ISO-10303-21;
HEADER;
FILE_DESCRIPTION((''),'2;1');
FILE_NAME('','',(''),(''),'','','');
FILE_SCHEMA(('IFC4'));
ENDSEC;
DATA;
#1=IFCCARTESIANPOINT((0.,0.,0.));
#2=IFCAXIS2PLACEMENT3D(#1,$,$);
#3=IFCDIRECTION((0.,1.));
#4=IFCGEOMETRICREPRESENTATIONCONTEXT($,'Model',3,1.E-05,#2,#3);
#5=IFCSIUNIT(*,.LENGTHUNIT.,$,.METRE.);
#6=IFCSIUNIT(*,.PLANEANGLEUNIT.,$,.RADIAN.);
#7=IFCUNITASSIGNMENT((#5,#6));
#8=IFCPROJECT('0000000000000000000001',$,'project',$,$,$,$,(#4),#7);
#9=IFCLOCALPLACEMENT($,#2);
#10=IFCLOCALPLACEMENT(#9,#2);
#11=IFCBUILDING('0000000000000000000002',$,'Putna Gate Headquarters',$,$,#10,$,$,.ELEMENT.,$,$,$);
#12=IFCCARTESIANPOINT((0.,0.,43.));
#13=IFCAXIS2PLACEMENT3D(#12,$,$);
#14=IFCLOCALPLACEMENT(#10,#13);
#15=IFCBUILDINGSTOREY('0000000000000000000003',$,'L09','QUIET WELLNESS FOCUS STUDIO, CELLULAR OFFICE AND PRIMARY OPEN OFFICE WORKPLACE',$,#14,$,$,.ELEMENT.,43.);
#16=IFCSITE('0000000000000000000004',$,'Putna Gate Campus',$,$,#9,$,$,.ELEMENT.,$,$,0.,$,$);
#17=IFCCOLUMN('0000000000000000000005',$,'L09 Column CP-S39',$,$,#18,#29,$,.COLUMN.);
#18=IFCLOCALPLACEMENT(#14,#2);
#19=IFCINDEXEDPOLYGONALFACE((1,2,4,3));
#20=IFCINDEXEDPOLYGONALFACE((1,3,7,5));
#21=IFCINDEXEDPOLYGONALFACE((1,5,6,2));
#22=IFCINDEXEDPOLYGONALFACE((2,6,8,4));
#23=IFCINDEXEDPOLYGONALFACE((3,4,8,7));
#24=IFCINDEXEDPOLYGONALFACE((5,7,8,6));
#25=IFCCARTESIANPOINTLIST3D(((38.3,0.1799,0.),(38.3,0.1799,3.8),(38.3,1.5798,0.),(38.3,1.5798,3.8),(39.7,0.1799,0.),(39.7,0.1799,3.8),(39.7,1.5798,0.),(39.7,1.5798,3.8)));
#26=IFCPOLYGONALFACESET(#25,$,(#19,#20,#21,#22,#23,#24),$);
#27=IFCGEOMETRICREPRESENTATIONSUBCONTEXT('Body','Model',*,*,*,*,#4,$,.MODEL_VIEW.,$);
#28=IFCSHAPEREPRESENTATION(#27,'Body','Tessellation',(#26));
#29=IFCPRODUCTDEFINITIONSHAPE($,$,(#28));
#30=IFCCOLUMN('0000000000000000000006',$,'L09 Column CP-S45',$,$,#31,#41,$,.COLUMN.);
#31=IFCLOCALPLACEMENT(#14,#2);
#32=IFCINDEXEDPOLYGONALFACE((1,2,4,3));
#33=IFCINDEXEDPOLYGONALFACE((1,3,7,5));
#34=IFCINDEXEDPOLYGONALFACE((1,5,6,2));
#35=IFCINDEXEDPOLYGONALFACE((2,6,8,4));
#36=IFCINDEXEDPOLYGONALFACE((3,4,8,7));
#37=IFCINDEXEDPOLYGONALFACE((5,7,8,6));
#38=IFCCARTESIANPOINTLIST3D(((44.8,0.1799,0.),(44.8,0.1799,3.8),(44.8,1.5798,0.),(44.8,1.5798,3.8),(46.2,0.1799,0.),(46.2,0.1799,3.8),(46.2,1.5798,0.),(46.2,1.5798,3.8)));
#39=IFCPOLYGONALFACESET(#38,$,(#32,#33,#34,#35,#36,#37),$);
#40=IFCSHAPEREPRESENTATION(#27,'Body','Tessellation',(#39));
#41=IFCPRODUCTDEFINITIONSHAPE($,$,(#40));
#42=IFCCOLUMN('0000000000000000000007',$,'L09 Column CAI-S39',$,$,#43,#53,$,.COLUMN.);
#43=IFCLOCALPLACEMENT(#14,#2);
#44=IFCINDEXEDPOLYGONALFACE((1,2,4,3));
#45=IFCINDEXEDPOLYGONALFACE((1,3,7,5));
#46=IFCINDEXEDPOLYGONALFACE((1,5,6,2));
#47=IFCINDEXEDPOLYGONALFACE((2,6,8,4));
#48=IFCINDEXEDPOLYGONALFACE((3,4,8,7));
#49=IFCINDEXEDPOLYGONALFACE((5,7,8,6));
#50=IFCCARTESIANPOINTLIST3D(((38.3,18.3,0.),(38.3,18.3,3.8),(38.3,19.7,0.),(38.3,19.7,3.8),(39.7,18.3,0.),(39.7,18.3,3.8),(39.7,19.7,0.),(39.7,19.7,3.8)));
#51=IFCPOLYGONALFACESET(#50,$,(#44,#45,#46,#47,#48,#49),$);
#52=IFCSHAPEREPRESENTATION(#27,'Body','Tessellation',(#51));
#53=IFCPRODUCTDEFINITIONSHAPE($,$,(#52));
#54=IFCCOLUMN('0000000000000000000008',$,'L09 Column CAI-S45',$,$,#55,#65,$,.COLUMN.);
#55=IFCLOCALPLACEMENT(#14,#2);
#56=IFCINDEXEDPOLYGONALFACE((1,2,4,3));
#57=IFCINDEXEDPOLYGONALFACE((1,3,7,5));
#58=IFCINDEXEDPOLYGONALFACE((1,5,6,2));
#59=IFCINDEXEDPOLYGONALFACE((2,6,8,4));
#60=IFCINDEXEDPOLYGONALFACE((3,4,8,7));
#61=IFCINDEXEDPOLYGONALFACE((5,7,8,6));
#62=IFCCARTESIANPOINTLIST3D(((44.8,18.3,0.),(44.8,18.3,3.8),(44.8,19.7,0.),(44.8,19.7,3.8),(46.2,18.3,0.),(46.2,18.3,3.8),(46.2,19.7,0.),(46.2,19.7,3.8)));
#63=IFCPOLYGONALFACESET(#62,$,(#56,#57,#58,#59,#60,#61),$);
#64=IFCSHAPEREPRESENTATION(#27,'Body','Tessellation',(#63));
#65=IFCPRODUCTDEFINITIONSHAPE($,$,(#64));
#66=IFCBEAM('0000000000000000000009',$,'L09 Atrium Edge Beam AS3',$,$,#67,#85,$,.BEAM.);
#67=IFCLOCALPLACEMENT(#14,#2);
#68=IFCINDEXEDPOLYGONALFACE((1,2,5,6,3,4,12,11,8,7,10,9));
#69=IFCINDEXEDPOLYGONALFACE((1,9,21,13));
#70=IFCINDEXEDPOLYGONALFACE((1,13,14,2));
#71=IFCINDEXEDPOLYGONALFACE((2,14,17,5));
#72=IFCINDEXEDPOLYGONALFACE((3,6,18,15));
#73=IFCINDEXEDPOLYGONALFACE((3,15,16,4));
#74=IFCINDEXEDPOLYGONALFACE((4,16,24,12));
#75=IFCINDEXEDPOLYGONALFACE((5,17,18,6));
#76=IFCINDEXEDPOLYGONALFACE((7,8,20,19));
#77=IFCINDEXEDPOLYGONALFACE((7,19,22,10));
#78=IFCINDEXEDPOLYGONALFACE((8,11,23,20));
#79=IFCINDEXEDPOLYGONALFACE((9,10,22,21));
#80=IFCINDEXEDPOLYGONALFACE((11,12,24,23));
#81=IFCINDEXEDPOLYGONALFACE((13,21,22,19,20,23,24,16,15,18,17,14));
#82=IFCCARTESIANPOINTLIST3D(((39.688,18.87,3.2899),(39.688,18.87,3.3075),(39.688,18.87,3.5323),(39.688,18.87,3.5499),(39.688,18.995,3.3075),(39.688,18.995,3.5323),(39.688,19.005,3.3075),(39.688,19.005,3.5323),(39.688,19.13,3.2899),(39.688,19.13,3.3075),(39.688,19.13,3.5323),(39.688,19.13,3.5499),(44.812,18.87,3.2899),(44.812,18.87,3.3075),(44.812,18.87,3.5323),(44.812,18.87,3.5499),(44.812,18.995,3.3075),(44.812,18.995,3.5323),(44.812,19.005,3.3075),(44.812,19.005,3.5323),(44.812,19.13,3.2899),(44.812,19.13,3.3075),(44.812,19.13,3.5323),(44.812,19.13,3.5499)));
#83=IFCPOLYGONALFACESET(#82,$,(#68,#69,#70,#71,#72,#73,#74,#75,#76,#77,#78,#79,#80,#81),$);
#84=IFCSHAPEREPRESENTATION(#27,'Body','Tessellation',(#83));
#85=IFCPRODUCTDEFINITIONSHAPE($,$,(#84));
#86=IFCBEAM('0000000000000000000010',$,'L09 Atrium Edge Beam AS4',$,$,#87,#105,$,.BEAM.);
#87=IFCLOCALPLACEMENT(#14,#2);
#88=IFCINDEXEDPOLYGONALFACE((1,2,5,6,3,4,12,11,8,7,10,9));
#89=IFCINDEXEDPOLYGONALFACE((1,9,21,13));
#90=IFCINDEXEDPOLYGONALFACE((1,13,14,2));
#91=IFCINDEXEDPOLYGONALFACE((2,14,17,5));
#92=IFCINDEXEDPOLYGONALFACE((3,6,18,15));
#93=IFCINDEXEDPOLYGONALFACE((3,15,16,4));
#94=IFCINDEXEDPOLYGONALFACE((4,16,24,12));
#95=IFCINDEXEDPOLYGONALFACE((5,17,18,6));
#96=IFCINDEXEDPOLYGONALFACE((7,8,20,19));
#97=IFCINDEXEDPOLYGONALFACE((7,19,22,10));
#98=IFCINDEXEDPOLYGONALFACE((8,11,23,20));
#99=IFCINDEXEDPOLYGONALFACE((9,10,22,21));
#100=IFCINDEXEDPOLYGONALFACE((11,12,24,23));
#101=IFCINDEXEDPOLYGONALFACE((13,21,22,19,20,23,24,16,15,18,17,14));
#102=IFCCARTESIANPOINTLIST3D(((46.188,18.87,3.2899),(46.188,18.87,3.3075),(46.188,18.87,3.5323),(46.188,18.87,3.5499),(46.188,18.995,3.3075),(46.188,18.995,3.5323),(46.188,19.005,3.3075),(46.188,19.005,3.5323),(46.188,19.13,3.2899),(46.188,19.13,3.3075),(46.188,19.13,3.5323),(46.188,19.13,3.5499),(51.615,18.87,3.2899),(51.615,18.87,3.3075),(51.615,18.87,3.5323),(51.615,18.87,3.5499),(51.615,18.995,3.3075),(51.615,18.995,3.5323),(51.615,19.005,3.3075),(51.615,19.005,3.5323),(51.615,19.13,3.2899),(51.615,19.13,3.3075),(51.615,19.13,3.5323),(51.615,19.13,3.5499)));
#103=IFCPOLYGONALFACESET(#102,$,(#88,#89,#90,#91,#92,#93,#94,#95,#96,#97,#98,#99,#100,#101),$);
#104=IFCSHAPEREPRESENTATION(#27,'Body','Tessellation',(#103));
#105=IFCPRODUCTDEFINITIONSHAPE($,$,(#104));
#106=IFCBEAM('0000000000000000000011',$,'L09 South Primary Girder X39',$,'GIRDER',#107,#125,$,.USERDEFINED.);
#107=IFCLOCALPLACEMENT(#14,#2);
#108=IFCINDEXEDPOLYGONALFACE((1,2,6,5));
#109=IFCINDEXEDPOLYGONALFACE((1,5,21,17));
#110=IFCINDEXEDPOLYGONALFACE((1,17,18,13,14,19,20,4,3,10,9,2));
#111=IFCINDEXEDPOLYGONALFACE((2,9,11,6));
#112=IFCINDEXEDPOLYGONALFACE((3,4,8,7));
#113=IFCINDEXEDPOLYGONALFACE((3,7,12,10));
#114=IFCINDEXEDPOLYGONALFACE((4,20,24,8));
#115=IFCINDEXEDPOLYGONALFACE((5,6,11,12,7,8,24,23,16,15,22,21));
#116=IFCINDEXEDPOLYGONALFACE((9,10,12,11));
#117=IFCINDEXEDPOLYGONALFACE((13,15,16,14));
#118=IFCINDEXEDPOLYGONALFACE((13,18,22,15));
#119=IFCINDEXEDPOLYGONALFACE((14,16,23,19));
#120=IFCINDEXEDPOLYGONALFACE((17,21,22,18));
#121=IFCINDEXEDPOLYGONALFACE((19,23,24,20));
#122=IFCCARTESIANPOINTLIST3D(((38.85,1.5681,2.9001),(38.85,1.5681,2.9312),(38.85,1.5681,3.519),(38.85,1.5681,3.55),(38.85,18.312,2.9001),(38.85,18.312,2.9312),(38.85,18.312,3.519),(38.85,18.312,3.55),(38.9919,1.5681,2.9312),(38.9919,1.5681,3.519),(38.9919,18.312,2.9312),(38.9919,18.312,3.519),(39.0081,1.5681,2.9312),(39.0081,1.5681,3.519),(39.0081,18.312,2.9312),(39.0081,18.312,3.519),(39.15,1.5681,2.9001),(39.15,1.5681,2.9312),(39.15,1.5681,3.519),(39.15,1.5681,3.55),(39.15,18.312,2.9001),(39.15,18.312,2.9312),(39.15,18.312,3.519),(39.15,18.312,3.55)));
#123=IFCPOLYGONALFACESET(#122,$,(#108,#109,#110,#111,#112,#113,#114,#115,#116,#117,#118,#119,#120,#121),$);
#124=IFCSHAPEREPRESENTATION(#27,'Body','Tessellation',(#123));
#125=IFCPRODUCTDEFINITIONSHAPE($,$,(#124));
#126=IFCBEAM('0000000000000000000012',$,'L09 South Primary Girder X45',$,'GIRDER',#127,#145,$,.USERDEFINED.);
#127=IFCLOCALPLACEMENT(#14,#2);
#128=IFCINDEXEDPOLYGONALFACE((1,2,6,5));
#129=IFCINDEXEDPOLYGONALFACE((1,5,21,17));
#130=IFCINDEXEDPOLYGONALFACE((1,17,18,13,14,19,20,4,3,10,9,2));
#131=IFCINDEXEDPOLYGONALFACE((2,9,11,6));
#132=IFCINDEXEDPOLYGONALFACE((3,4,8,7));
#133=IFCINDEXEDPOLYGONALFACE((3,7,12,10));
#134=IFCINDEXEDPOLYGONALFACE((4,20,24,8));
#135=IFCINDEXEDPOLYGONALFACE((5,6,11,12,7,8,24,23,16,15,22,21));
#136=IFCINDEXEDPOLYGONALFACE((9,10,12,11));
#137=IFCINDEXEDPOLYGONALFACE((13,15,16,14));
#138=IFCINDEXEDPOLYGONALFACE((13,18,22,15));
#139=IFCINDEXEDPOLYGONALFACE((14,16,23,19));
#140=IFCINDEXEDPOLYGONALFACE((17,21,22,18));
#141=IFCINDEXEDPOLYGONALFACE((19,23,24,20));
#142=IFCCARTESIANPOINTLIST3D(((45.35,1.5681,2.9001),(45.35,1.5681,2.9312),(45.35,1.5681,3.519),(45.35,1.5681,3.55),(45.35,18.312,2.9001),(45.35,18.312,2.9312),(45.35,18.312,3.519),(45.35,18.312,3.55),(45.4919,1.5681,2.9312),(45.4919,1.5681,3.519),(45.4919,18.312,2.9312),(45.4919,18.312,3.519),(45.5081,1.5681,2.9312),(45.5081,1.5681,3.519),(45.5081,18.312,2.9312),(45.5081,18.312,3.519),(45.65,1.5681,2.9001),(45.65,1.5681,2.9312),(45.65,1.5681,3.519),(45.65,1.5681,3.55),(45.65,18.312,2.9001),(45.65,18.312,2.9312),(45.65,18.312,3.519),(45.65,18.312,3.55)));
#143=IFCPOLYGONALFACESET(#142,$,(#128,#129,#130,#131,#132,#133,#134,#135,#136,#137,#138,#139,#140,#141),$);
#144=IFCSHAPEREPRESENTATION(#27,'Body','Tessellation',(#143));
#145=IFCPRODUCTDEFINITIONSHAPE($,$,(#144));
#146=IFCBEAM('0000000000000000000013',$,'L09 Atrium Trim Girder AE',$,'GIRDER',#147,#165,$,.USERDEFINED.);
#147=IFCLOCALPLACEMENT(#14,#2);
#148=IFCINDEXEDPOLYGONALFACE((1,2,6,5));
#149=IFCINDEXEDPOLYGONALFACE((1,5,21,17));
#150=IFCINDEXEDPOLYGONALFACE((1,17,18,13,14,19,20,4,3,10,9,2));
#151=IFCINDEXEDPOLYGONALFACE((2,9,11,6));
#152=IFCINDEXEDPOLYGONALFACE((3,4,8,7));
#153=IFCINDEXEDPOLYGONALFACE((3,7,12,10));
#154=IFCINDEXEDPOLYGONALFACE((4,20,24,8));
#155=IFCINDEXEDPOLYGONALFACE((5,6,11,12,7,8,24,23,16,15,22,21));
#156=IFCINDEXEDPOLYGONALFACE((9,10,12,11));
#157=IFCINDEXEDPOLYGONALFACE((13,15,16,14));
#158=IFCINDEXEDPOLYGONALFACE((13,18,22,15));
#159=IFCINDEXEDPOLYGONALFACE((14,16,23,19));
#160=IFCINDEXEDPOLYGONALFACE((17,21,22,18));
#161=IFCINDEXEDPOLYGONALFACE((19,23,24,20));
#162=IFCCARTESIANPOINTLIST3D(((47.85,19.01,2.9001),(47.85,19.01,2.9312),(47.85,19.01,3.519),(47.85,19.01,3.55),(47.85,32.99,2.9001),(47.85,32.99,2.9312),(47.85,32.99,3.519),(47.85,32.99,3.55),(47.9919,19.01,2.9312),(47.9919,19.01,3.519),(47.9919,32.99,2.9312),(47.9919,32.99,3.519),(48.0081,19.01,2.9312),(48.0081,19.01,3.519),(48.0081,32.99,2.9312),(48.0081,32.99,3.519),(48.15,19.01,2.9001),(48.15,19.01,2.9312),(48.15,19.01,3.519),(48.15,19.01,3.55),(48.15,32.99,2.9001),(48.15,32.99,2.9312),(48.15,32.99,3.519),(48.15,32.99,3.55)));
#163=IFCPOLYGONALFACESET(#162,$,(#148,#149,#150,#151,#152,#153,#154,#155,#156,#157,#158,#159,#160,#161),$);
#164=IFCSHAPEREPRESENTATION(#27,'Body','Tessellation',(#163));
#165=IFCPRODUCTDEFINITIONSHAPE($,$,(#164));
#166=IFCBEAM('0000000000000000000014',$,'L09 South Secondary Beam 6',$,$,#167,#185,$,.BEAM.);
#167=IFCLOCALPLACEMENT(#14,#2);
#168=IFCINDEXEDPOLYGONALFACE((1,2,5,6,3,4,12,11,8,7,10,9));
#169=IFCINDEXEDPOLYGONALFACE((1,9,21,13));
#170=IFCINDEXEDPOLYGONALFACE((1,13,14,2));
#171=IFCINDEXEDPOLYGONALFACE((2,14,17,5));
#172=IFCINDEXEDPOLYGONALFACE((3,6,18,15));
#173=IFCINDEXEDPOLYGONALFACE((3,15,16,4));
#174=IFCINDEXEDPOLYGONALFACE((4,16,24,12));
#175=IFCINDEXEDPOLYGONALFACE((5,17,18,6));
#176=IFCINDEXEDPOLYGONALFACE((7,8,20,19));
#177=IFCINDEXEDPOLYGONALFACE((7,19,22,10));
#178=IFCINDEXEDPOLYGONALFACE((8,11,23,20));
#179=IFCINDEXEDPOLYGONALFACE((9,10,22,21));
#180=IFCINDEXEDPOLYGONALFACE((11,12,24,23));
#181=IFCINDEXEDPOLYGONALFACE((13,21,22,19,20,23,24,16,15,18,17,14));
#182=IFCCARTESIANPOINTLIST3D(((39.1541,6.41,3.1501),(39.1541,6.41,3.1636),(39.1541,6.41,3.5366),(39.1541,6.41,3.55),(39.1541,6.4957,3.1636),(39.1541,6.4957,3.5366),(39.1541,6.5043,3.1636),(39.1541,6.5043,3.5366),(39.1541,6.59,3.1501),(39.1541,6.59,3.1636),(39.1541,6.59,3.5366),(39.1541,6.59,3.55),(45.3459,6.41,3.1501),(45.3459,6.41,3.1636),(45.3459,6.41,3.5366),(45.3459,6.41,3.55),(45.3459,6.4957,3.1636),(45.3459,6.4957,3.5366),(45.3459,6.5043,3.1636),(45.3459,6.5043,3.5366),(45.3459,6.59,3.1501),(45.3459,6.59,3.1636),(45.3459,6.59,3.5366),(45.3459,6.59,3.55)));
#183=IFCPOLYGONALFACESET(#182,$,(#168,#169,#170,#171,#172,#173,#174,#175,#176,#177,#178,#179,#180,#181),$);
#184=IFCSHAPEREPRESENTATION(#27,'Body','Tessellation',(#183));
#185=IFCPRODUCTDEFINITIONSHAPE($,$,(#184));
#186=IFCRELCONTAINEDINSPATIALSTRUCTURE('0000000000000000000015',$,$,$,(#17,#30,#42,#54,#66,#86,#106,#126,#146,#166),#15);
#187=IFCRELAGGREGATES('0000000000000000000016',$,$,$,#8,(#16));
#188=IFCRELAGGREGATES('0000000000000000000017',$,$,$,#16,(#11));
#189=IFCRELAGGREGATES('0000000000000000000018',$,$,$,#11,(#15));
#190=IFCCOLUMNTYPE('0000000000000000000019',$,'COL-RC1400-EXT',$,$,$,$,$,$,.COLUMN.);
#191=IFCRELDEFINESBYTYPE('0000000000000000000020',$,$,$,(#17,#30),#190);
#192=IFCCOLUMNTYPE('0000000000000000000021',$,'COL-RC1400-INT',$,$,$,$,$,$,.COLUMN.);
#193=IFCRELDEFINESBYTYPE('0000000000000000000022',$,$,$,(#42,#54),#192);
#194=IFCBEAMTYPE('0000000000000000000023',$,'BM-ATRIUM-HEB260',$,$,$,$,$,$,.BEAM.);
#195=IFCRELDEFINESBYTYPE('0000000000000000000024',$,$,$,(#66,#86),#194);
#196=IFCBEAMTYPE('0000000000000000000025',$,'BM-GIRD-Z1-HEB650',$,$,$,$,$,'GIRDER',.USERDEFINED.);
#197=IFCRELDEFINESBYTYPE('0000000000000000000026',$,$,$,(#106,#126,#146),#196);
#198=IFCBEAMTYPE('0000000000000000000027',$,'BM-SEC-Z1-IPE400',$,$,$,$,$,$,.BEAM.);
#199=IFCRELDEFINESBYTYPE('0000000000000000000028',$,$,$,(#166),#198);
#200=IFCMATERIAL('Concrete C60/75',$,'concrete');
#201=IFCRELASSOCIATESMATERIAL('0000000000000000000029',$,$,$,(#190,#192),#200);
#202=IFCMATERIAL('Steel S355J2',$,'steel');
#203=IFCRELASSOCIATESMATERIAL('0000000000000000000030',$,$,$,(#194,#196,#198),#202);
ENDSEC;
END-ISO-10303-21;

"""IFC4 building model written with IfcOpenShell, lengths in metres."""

from ifc_helpers import new_model, si_unit, direction, frame, origin, origin_2d, place, context, subcontext, project, spatial, rectangle, i_section, extrude, material, material_profile, profile_set, type_object, element, save


model = new_model("IFC4")

# Units and contexts
model_context = context("Model", 3, precision=1e-05, world=origin(), true_north=direction((0.0, 1.0)))
body_context = subcontext(model_context, "Body", "Model", "MODEL_VIEW")
ifc_project = project(units=[si_unit("LENGTHUNIT", "METRE"), si_unit("PLANEANGLEUNIT", "RADIAN")], contexts=[model_context])

# Site, building, storey
site_placement = place(None, origin())
site = spatial("IfcSite", under=ifc_project, at=site_placement, Name="Putna Gate Campus", CompositionType="ELEMENT", RefElevation=0.0)
building_placement = place(site_placement, origin())
building = spatial("IfcBuilding", under=site, at=building_placement, Name="Putna Gate Headquarters", CompositionType="ELEMENT")
storey_placement = place(building_placement, frame((0.0, 0.0, 43.0)))
storey = spatial("IfcBuildingStorey", under=building, at=storey_placement, Name="L09", Description="QUIET WELLNESS FOCUS STUDIO, CELLULAR OFFICE AND PRIMARY OPEN OFFICE WORKPLACE", CompositionType="ELEMENT", Elevation=43.0)

# Columns
ifc_material_1 = material(Name="Concrete C60/75", Category="concrete")
ifc_material_profile_1 = material_profile(ifc_material_1, rectangle(XDim=1.3999, YDim=1.3999, at=origin_2d()), Name="Concrete C60/75")
ifc_profile_set_1 = profile_set([ifc_material_profile_1], Name="Concrete C60/75")
column_type_1 = type_object("IfcColumnType", Name="COL-RC1400-EXT", PredefinedType="COLUMN", material=ifc_profile_set_1)
for number, where, z_axis, x_axis, name in (
    (1, (39.0, 0.8799, 0.0), (0.0, 0.0, 1.0), (1.0, 0.0, 0.0), "L09 Column CP-S39"),
    (2, (45.5, 0.8799, 0.0), (0.0, 0.0, 1.0), (1.0, 0.0, 0.0), "L09 Column CP-S45"),
):
    element("IfcColumn", number, at=place(storey_placement, frame(where, z_axis=z_axis, x_axis=x_axis)), inside=storey, type_object=column_type_1, Name=name, PredefinedType="COLUMN", context=body_context, shape_type="SweptSolid", body=[
        extrude(rectangle(XDim=1.3999, YDim=1.3999, at=origin_2d()), origin(), (0.0, 0.0, 1.0), 3.8),
    ])
ifc_material_profile_2 = material_profile(ifc_material_1, rectangle(XDim=1.3999, YDim=1.3999, at=origin_2d()), Name="Concrete C60/75")
ifc_profile_set_2 = profile_set([ifc_material_profile_2], Name="Concrete C60/75")
column_type_2 = type_object("IfcColumnType", Name="COL-RC1400-INT", PredefinedType="COLUMN", material=ifc_profile_set_2)
for number, where, z_axis, x_axis, name in (
    (3, (39.0, 19.0, 0.0), (0.0, 0.0, 1.0), (1.0, 0.0, 0.0), "L09 Column CAI-S39"),
    (4, (45.5, 19.0, 0.0), (0.0, 0.0, 1.0), (1.0, 0.0, 0.0), "L09 Column CAI-S45"),
):
    element("IfcColumn", number, at=place(storey_placement, frame(where, z_axis=z_axis, x_axis=x_axis)), inside=storey, type_object=column_type_2, Name=name, PredefinedType="COLUMN", context=body_context, shape_type="SweptSolid", body=[
        extrude(rectangle(XDim=1.3999, YDim=1.3999, at=origin_2d()), origin(), (0.0, 0.0, 1.0), 3.8),
    ])

# Beams
ifc_material_2 = material(Name="Steel S355J2", Category="steel")
ifc_material_profile_3 = material_profile(ifc_material_2, i_section(OverallWidth=0.26, OverallDepth=0.26, WebThickness=0.01, FlangeThickness=0.0176, at=origin_2d()), Name="Steel S355J2")
ifc_profile_set_3 = profile_set([ifc_material_profile_3], Name="Steel S355J2")
beam_type_1 = type_object("IfcBeamType", Name="BM-ATRIUM-HEB260", PredefinedType="BEAM", material=ifc_profile_set_3)
beam_1_placement = place(storey_placement, frame((39.688, 19.0, 3.4199), z_axis=(1.0, 0.0, 0.0), x_axis=(0.0, 1.0, 0.0)))
element("IfcBeam", 5, at=beam_1_placement, inside=storey, type_object=beam_type_1, Name="L09 Atrium Edge Beam AS3", PredefinedType="BEAM", context=body_context, shape_type="SweptSolid", body=[
    extrude(i_section(OverallWidth=0.26, OverallDepth=0.26, WebThickness=0.01, FlangeThickness=0.0176, at=origin_2d()), origin(), (0.0, 0.0, 1.0), 5.124),
])
beam_2_placement = place(storey_placement, frame((46.188, 19.0, 3.4199), z_axis=(1.0, 0.0, 0.0), x_axis=(0.0, 1.0, 0.0)))
element("IfcBeam", 6, at=beam_2_placement, inside=storey, type_object=beam_type_1, Name="L09 Atrium Edge Beam AS4", PredefinedType="BEAM", context=body_context, shape_type="SweptSolid", body=[
    extrude(i_section(OverallWidth=0.26, OverallDepth=0.26, WebThickness=0.01, FlangeThickness=0.0176, at=origin_2d()), origin(), (0.0, 0.0, 1.0), 5.427),
])
ifc_material_profile_4 = material_profile(ifc_material_2, i_section(OverallWidth=0.3, OverallDepth=0.6499, WebThickness=0.0161, FlangeThickness=0.031, at=origin_2d()), Name="Steel S355J2")
ifc_profile_set_4 = profile_set([ifc_material_profile_4], Name="Steel S355J2")
beam_type_2 = type_object("IfcBeamType", Name="BM-GIRD-Z1-HEB650", ElementType="GIRDER", PredefinedType="USERDEFINED", material=ifc_profile_set_4)
for number, where, z_axis, x_axis, name in (
    (7, (39.0, 1.5681, 3.2251), (0.0, 1.0, 0.0), (-1.0, 0.0, 0.0), "L09 South Primary Girder X39"),
    (8, (45.5, 1.5681, 3.2251), (0.0, 1.0, 0.0), (-1.0, 0.0, 0.0), "L09 South Primary Girder X45"),
):
    element("IfcBeam", number, at=place(storey_placement, frame(where, z_axis=z_axis, x_axis=x_axis)), inside=storey, type_object=beam_type_2, Name=name, ObjectType="GIRDER", PredefinedType="USERDEFINED", context=body_context, shape_type="SweptSolid", body=[
        extrude(i_section(OverallWidth=0.3, OverallDepth=0.6499, WebThickness=0.0161, FlangeThickness=0.031, at=origin_2d()), origin(), (0.0, 0.0, 1.0), 16.7439),
    ])
beam_3_placement = place(storey_placement, frame((48.0, 19.01, 3.2251), z_axis=(0.0, 1.0, 0.0), x_axis=(-1.0, 0.0, 0.0)))
element("IfcBeam", 9, at=beam_3_placement, inside=storey, type_object=beam_type_2, Name="L09 Atrium Trim Girder AE", ObjectType="GIRDER", PredefinedType="USERDEFINED", context=body_context, shape_type="SweptSolid", body=[
    extrude(i_section(OverallWidth=0.3, OverallDepth=0.6499, WebThickness=0.0161, FlangeThickness=0.031, at=origin_2d()), origin(), (0.0, 0.0, 1.0), 13.98),
])
ifc_material_profile_5 = material_profile(ifc_material_2, i_section(OverallWidth=0.1799, OverallDepth=0.3999, WebThickness=0.0085, FlangeThickness=0.0134, at=origin_2d()), Name="Steel S355J2")
ifc_profile_set_5 = profile_set([ifc_material_profile_5], Name="Steel S355J2")
beam_type_3 = type_object("IfcBeamType", Name="BM-SEC-Z1-IPE400", PredefinedType="BEAM", material=ifc_profile_set_5)
for number, where, z_axis, x_axis, name in (
    (10, (39.1541, 6.5, 3.3501), (1.0, 0.0, 0.0), (0.0, 1.0, 0.0), "L09 South Secondary Beam 6"),
):
    element("IfcBeam", number, at=place(storey_placement, frame(where, z_axis=z_axis, x_axis=x_axis)), inside=storey, type_object=beam_type_3, Name=name, PredefinedType="BEAM", context=body_context, shape_type="SweptSolid", body=[
        extrude(i_section(OverallWidth=0.1799, OverallDepth=0.3999, WebThickness=0.0085, FlangeThickness=0.0134, at=origin_2d()), origin(), (0.0, 0.0, 1.0), 6.1919),
    ])

save(model, "model.ifc")
